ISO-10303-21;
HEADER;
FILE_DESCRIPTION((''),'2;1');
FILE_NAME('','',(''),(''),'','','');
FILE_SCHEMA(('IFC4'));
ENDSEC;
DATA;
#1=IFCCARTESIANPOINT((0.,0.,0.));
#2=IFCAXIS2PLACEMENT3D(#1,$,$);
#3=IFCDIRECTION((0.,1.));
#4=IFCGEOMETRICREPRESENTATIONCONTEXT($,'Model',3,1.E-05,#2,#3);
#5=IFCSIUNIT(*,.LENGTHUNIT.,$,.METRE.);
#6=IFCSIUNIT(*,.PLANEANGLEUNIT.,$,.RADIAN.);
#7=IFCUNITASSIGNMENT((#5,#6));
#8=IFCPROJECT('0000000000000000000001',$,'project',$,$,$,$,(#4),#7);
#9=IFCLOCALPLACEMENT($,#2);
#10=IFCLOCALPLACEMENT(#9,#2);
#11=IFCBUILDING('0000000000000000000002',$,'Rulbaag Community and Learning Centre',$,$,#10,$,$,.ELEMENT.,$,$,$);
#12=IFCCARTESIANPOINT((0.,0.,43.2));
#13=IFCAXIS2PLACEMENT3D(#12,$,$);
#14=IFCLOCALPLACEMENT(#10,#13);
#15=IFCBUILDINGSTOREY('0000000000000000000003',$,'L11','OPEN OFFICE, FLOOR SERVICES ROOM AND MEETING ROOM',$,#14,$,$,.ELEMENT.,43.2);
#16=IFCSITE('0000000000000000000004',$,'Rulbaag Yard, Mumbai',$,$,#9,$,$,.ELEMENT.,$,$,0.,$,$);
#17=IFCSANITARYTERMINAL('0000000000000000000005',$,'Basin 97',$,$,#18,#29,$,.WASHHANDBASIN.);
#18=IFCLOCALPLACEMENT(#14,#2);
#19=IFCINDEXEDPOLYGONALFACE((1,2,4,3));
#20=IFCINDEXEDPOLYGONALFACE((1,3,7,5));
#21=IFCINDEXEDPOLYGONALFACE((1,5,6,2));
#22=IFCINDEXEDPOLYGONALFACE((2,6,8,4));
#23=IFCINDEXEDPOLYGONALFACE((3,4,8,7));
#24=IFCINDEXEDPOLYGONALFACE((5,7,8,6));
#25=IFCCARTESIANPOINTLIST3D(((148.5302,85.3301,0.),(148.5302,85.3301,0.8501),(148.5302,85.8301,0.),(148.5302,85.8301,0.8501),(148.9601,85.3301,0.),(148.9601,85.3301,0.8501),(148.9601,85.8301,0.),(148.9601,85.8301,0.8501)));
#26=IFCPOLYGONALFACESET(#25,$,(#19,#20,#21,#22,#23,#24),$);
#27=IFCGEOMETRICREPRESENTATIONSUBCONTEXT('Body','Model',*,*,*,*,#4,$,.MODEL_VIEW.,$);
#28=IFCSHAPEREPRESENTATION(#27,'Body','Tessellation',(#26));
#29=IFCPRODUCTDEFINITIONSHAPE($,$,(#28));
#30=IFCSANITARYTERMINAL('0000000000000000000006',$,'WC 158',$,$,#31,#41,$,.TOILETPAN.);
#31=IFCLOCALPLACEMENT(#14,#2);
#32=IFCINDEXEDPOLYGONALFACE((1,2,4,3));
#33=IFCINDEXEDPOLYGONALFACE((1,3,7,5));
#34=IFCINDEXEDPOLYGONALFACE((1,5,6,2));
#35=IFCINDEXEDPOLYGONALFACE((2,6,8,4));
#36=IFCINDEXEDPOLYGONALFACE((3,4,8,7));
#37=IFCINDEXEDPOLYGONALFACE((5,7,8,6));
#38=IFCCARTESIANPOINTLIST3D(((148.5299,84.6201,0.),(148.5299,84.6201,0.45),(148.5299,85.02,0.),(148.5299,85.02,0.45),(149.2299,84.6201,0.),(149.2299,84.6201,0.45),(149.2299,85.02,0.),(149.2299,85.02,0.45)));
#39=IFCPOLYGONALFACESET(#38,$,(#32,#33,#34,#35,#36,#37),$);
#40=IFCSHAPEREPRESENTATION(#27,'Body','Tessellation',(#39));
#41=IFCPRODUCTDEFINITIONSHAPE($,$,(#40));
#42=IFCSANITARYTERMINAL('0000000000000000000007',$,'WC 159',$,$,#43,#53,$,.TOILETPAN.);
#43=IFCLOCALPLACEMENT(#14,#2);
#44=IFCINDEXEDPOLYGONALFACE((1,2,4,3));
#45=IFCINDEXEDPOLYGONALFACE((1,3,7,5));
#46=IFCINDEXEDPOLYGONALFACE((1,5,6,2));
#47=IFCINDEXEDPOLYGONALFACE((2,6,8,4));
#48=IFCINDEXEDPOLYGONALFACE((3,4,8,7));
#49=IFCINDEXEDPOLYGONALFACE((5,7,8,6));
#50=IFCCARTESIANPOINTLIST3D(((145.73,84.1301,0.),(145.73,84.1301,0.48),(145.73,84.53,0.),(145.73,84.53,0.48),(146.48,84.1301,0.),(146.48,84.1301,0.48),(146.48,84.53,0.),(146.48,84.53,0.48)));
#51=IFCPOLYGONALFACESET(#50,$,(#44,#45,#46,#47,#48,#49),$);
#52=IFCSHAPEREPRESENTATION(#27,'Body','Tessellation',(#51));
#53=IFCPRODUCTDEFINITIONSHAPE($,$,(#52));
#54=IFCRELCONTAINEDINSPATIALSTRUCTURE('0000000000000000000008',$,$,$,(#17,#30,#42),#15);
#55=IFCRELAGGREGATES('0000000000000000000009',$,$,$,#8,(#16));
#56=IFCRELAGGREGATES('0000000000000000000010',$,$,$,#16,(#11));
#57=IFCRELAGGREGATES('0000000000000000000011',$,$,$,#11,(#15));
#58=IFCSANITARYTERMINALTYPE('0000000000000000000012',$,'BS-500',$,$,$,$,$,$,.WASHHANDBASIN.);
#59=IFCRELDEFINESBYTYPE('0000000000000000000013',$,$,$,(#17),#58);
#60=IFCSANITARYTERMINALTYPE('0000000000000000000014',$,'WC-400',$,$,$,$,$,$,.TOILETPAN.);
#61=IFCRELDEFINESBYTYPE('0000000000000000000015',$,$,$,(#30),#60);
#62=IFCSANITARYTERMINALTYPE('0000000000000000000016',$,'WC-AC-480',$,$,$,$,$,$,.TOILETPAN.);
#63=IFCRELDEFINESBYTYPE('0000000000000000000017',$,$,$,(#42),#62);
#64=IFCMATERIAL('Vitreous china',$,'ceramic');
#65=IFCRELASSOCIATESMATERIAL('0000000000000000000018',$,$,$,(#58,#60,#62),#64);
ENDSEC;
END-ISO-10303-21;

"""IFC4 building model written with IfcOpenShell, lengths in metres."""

from ifc_helpers import new_model, si_unit, direction, frame, origin, origin_2d, place, context, subcontext, project, spatial, rectangle, extrude, material, type_object, element, save


model = new_model("IFC4")

# Units and contexts
model_context = context("Model", 3, precision=1e-05, world=origin(), true_north=direction((0.0, 1.0)))
body_context = subcontext(model_context, "Body", "Model", "MODEL_VIEW")
ifc_project = project(units=[si_unit("LENGTHUNIT", "METRE"), si_unit("PLANEANGLEUNIT", "RADIAN")], contexts=[model_context])

# Site, building, storey
site_placement = place(None, origin())
site = spatial("IfcSite", under=ifc_project, at=site_placement, Name="Rulbaag Yard, Mumbai", CompositionType="ELEMENT", RefElevation=0.0)
building_placement = place(site_placement, origin())
building = spatial("IfcBuilding", under=site, at=building_placement, Name="Rulbaag Community and Learning Centre", CompositionType="ELEMENT")
storey_placement = place(building_placement, frame((0.0, 0.0, 43.2)))
storey = spatial("IfcBuildingStorey", under=building, at=storey_placement, Name="L11", Description="OPEN OFFICE, FLOOR SERVICES ROOM AND MEETING ROOM", CompositionType="ELEMENT", Elevation=43.2)

# Sanitary terminals
ifc_material_1 = material(Name="Vitreous china", Category="ceramic")
sanitary_terminal_type_1 = type_object("IfcSanitaryTerminalType", Name="BS-500", PredefinedType="WASHHANDBASIN", material=ifc_material_1)
sanitary_terminal_1_placement = place(storey_placement, frame((148.7451, 85.5801, 0.0), z_axis=(0.0, 0.0, 1.0), x_axis=(1.0, 0.0, 0.0)))
element("IfcSanitaryTerminal", 1, at=sanitary_terminal_1_placement, inside=storey, type_object=sanitary_terminal_type_1, Name="Basin 97", PredefinedType="WASHHANDBASIN", context=body_context, shape_type="SweptSolid", body=[
    extrude(rectangle(XDim=0.4299, YDim=0.5, at=origin_2d()), origin(), (0.0, 0.0, 1.0), 0.8501),
])
sanitary_terminal_type_2 = type_object("IfcSanitaryTerminalType", Name="WC-400", PredefinedType="TOILETPAN", material=ifc_material_1)
sanitary_terminal_2_placement = place(storey_placement, frame((148.8799, 84.8201, 0.0), z_axis=(0.0, 0.0, 1.0), x_axis=(1.0, 0.0, 0.0)))
element("IfcSanitaryTerminal", 2, at=sanitary_terminal_2_placement, inside=storey, type_object=sanitary_terminal_type_2, Name="WC 158", PredefinedType="TOILETPAN", context=body_context, shape_type="SweptSolid", body=[
    extrude(rectangle(XDim=0.7, YDim=0.3999, at=origin_2d()), origin(), (0.0, 0.0, 1.0), 0.45),
])
sanitary_terminal_type_3 = type_object("IfcSanitaryTerminalType", Name="WC-AC-480", PredefinedType="TOILETPAN", material=ifc_material_1)
sanitary_terminal_3_placement = place(storey_placement, frame((146.105, 84.3301, 0.0), z_axis=(0.0, 0.0, 1.0), x_axis=(1.0, 0.0, 0.0)))
element("IfcSanitaryTerminal", 3, at=sanitary_terminal_3_placement, inside=storey, type_object=sanitary_terminal_type_3, Name="WC 159", PredefinedType="TOILETPAN", context=body_context, shape_type="SweptSolid", body=[
    extrude(rectangle(XDim=0.75, YDim=0.3999, at=origin_2d()), origin(), (0.0, 0.0, 1.0), 0.48),
])

save(model, "model.ifc")
